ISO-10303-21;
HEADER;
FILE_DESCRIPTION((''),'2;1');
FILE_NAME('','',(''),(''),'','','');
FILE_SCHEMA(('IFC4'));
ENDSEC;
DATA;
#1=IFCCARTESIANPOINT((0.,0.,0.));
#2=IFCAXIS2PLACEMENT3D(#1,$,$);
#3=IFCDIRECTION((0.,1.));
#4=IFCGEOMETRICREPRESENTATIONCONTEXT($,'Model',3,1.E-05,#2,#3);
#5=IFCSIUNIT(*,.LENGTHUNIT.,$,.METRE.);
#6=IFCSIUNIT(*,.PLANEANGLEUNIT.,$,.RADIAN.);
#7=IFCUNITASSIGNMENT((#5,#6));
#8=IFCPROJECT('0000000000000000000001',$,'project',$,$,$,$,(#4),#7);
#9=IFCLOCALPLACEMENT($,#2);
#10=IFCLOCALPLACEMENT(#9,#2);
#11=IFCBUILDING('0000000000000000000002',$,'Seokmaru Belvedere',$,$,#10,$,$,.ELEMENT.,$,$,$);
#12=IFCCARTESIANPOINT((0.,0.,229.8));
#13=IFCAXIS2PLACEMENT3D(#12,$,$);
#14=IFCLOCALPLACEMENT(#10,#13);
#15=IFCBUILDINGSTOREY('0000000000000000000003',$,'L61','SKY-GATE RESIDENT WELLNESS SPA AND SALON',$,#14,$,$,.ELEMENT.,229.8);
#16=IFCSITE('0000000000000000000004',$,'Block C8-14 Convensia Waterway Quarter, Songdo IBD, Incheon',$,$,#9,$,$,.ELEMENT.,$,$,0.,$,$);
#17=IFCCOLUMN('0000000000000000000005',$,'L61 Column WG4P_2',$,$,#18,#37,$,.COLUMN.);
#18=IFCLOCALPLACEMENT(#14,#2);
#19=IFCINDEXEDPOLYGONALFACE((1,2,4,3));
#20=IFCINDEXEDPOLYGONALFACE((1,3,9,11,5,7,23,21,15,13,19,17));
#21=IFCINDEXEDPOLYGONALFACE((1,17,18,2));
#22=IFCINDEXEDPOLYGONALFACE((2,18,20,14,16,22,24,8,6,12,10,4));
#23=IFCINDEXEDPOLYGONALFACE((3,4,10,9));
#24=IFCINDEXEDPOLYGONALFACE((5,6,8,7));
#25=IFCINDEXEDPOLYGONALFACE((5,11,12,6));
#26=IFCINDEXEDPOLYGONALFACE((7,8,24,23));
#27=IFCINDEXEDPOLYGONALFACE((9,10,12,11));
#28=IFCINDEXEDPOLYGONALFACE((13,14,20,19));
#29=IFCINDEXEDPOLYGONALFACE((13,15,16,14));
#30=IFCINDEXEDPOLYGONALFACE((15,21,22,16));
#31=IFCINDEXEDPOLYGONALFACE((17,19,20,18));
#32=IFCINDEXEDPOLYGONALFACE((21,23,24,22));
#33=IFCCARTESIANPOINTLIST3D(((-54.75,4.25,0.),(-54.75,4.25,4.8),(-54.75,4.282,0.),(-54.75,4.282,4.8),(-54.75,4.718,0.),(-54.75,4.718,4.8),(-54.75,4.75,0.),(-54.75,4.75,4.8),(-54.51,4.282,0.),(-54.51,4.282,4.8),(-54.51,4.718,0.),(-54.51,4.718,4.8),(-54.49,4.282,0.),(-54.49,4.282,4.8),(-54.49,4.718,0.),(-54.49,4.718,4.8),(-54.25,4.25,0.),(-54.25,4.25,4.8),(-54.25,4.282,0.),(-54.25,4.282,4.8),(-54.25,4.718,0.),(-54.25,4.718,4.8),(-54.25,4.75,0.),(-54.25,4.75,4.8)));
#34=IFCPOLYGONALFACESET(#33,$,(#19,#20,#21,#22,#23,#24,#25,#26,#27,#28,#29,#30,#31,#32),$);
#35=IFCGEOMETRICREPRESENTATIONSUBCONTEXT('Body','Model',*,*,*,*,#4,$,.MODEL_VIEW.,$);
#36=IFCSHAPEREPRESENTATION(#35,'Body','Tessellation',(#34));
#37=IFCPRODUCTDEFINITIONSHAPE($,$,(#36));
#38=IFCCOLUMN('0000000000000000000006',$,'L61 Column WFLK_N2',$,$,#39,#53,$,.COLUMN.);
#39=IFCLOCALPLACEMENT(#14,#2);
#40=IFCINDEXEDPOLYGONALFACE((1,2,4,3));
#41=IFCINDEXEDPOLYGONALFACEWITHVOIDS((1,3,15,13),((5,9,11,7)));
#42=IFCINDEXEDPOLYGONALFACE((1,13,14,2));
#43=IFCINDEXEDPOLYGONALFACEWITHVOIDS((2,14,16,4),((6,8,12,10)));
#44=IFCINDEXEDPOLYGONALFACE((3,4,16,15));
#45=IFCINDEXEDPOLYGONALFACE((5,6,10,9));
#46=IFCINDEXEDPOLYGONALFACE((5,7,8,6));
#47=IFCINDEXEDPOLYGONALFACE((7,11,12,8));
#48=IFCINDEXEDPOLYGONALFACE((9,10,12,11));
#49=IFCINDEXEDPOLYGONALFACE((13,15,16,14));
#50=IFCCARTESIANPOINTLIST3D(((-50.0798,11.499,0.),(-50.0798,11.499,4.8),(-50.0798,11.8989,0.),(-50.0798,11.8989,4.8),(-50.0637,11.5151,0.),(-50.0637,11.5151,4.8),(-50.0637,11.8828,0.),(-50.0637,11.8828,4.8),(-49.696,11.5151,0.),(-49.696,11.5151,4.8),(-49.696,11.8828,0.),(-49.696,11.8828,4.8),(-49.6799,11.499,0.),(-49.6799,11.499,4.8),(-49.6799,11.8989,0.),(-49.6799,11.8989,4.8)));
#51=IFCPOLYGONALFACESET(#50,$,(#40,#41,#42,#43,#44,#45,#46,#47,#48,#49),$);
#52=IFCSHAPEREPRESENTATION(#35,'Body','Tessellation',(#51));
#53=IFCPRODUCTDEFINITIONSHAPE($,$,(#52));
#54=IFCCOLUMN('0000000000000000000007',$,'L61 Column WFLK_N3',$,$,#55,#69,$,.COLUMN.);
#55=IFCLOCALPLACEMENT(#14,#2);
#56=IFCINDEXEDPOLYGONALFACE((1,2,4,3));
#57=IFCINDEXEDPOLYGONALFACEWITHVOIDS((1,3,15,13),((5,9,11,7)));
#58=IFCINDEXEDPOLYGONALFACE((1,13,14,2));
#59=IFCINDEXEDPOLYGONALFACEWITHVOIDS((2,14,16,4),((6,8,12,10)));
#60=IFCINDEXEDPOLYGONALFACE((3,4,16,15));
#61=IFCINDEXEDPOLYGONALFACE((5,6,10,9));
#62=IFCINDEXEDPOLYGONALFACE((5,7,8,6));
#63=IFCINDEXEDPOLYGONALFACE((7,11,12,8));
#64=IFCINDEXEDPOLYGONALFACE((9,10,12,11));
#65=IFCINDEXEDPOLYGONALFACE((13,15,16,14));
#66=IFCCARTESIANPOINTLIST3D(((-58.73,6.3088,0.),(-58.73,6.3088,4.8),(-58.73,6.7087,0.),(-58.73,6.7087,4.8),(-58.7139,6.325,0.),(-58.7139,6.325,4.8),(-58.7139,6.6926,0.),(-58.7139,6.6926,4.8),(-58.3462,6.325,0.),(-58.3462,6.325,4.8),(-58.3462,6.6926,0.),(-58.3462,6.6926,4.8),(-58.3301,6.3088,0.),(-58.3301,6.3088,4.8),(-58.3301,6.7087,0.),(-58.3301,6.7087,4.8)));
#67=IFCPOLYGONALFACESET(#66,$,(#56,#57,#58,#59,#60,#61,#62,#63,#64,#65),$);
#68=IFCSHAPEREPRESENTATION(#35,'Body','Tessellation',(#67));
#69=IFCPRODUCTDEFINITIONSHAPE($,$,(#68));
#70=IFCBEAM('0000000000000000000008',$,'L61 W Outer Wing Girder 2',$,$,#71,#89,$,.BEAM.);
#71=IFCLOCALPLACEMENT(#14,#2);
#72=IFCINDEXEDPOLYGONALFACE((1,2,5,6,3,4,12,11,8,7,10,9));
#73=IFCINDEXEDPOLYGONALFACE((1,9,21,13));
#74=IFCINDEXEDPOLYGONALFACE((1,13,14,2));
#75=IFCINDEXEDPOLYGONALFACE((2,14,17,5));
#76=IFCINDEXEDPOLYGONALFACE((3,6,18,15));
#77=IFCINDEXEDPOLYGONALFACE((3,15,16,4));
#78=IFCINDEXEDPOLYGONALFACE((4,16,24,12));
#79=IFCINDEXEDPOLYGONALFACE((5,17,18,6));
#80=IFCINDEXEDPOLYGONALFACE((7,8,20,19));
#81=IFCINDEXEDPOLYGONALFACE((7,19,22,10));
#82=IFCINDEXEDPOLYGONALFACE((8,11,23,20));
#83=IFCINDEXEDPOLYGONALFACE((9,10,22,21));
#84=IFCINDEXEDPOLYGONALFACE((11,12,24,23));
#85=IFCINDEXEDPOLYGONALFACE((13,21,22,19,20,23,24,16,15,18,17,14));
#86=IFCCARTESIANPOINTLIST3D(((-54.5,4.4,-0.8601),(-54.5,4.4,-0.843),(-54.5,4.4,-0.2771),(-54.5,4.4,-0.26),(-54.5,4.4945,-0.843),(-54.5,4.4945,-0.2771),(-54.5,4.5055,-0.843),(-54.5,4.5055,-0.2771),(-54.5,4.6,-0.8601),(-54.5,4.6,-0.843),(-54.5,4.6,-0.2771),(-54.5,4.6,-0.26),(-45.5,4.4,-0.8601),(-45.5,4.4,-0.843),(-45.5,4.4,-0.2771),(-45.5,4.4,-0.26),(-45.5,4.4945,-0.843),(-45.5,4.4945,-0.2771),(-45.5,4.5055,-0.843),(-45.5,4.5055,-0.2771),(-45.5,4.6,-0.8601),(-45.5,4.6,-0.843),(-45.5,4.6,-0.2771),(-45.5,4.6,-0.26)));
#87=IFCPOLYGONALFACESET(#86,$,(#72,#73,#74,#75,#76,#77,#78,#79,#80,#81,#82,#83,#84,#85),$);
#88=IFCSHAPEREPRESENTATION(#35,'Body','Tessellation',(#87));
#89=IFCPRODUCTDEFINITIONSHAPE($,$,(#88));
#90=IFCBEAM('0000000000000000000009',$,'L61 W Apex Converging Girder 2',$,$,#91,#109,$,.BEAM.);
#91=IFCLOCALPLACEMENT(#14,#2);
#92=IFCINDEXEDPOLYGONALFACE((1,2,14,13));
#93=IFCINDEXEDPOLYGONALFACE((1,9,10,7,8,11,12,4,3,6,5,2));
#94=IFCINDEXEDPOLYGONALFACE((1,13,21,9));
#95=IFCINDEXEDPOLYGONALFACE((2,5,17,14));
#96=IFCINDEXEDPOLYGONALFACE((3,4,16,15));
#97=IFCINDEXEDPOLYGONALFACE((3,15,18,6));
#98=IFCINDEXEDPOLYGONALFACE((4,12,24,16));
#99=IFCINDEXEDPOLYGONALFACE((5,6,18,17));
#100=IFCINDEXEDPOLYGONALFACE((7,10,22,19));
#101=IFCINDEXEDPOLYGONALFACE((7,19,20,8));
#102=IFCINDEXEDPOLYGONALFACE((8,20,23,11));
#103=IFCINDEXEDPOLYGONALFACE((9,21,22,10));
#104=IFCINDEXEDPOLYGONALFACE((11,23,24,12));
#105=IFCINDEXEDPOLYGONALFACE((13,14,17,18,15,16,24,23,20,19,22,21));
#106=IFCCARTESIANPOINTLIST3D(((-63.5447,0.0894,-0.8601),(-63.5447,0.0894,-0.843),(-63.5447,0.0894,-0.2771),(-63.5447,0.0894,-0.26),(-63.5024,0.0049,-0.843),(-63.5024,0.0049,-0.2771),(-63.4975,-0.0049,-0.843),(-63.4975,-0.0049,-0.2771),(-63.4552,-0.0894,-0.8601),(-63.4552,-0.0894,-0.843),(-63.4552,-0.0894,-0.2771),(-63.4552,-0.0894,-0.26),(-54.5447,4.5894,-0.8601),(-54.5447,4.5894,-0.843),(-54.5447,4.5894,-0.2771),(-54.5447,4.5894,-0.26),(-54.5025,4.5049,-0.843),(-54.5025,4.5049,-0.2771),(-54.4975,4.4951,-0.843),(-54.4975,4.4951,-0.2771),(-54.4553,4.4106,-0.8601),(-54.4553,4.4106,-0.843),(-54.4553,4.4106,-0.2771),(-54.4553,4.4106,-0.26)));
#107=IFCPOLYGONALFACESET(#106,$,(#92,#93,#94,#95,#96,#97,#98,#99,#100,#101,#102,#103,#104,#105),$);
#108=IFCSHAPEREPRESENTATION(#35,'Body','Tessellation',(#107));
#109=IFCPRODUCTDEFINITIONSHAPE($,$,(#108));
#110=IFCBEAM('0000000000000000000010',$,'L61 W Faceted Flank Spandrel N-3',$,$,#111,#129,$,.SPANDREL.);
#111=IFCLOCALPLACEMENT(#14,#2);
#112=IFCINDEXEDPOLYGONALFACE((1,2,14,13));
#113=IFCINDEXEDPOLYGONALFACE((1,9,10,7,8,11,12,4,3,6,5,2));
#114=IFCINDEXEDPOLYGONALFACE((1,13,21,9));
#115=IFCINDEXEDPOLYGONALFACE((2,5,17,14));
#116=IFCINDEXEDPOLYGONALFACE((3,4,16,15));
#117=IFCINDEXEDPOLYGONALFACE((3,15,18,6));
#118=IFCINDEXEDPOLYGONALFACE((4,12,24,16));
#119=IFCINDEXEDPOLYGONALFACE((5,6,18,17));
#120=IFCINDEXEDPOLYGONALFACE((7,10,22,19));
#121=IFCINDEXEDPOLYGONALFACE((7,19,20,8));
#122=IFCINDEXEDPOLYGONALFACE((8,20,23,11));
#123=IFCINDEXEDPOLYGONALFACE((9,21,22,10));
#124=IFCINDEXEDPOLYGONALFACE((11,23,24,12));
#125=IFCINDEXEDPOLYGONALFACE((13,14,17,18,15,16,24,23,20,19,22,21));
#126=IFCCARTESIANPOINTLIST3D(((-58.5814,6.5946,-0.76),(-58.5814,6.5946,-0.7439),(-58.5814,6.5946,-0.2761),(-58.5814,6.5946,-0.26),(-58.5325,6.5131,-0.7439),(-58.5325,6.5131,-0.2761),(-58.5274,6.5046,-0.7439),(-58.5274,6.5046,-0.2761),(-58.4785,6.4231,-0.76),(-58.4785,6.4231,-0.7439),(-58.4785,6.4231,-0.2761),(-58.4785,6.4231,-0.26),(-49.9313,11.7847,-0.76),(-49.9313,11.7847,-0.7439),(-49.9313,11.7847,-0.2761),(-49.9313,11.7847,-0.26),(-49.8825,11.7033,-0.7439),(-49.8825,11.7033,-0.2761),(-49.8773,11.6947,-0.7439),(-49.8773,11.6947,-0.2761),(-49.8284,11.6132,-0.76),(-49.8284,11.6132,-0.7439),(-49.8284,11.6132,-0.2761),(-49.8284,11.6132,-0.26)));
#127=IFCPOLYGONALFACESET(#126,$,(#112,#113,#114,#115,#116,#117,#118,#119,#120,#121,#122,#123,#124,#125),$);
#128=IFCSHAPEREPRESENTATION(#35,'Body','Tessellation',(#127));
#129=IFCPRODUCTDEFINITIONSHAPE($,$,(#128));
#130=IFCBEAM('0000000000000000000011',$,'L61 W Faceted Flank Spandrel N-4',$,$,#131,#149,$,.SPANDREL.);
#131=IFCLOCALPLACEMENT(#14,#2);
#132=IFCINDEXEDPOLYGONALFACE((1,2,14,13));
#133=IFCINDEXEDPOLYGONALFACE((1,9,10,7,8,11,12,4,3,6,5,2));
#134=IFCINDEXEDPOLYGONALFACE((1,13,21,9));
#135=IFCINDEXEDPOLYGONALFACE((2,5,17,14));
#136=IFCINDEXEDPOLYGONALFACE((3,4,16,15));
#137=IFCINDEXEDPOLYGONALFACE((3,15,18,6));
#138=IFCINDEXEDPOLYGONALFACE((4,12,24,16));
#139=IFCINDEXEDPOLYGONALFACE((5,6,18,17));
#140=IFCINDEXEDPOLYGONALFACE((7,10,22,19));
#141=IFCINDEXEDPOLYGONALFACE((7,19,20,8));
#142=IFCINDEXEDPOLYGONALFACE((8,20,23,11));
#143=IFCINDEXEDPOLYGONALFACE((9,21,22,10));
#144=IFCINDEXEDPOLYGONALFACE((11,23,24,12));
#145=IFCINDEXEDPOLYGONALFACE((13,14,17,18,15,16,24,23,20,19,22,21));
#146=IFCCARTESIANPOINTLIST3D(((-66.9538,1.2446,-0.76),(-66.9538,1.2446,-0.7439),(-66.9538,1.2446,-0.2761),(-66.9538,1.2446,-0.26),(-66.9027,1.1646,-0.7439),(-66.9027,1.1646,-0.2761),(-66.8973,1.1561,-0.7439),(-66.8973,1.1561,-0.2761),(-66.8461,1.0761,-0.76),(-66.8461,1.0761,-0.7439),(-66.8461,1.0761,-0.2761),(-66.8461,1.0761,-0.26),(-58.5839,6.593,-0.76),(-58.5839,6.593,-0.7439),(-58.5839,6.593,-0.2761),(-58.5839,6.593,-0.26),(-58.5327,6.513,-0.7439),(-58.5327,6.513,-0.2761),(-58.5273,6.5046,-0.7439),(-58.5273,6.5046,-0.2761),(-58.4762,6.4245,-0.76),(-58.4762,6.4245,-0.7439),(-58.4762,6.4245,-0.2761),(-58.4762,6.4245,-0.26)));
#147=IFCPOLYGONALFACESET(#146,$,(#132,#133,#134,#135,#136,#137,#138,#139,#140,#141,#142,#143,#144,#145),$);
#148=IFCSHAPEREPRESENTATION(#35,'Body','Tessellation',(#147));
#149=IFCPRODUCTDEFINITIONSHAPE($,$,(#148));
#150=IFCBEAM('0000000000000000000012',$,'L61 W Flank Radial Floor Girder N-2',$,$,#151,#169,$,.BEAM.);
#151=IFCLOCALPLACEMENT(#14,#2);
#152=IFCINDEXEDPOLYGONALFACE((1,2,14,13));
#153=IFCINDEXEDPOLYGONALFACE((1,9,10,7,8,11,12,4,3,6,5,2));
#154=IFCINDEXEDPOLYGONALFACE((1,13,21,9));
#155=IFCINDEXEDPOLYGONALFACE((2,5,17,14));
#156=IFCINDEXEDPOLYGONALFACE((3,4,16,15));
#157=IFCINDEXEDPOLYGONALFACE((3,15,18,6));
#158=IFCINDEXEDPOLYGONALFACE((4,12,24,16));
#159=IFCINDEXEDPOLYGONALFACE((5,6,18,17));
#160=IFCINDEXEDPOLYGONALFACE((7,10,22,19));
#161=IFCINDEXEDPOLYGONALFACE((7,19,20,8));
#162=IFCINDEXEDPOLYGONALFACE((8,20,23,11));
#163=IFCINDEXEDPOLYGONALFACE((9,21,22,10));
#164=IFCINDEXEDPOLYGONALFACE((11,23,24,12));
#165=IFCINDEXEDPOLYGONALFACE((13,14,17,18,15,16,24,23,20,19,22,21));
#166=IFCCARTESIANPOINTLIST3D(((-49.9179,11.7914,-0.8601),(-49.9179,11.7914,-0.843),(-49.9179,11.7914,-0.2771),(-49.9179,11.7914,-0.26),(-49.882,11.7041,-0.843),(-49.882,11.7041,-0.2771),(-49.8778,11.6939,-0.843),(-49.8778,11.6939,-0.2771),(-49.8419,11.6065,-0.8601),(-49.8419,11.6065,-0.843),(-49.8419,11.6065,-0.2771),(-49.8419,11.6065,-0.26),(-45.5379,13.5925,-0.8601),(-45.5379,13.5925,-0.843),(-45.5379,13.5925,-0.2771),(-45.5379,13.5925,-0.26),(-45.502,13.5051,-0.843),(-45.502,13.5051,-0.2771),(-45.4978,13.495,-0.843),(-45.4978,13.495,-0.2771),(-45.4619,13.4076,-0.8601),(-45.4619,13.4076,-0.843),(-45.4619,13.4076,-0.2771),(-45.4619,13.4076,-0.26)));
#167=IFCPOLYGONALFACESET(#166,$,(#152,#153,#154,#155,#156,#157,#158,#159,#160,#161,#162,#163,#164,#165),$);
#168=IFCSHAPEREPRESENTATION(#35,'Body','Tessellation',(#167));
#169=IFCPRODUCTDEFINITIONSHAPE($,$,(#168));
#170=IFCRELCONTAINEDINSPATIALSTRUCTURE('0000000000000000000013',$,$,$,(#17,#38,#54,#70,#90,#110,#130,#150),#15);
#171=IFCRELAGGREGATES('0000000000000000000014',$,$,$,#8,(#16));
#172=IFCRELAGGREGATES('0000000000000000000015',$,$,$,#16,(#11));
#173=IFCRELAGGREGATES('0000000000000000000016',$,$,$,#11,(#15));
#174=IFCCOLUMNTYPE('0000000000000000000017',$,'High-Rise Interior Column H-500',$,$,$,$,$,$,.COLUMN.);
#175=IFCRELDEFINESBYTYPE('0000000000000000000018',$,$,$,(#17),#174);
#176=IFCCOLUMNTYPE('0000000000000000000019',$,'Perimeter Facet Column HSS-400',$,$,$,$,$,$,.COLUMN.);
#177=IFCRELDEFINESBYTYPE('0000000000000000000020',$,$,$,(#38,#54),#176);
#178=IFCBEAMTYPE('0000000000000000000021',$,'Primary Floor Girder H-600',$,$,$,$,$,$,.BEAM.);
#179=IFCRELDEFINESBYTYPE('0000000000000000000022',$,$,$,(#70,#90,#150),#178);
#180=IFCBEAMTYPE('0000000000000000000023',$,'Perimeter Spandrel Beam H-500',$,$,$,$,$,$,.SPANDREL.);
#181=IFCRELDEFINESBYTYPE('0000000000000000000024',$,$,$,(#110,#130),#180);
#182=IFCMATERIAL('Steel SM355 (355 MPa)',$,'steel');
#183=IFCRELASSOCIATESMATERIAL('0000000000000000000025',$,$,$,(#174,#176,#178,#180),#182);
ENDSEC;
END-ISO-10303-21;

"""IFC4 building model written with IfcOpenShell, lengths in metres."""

from ifc_helpers import new_model, si_unit, direction, frame, origin, origin_2d, place, context, subcontext, project, spatial, hollow_rectangle, i_section, extrude, source, transform, mapped, material, material_profile, profile_set, type_object, type_shapes, element, save


model = new_model("IFC4")

# Units and contexts
model_context = context("Model", 3, precision=1e-05, world=origin(), true_north=direction((0.0, 1.0)))
body_context = subcontext(model_context, "Body", "Model", "MODEL_VIEW")
ifc_project = project(units=[si_unit("LENGTHUNIT", "METRE"), si_unit("PLANEANGLEUNIT", "RADIAN")], contexts=[model_context])

# Site, building, storey
site_placement = place(None, origin())
site = spatial("IfcSite", under=ifc_project, at=site_placement, Name="Block C8-14 Convensia Waterway Quarter, Songdo IBD, Incheon", CompositionType="ELEMENT", RefElevation=0.0)
building_placement = place(site_placement, origin())
building = spatial("IfcBuilding", under=site, at=building_placement, Name="Seokmaru Belvedere", CompositionType="ELEMENT")
storey_placement = place(building_placement, frame((0.0, 0.0, 229.8)))
storey = spatial("IfcBuildingStorey", under=building, at=storey_placement, Name="L61", Description="SKY-GATE RESIDENT WELLNESS SPA AND SALON", CompositionType="ELEMENT", Elevation=229.8)

# Columns
ifc_material_1 = material(Name="Steel SM355 (355 MPa)", Category="steel")
ifc_material_profile_1 = material_profile(ifc_material_1, i_section(OverallWidth=0.5, OverallDepth=0.5, WebThickness=0.02, FlangeThickness=0.032, at=origin_2d()), Name="H-500x500x20x32")
ifc_profile_set_1 = profile_set([ifc_material_profile_1], Name="Steel SM355 (355 MPa)")
column_type_1 = type_object("IfcColumnType", Name="High-Rise Interior Column H-500", PredefinedType="COLUMN", material=ifc_profile_set_1)
shared_shape_1 = source(origin(), body_context, "Body", "SweptSolid", [
    extrude(i_section(OverallWidth=0.5, OverallDepth=0.5, WebThickness=0.02, FlangeThickness=0.032, at=origin_2d()), origin(), (0.0, 0.0, 1.0), 4.8),
])
type_shapes(column_type_1, [shared_shape_1])
column_placement = place(storey_placement, frame((-54.5, 4.5, 0.0), z_axis=(0.0, 0.0, 1.0), x_axis=(1.0, 0.0, 0.0)))
element("IfcColumn", 1, at=column_placement, inside=storey, type_object=column_type_1, Name="L61 Column WG4P_2", PredefinedType="COLUMN", context=body_context, shape_type="MappedRepresentation", body=[
    mapped(shared_shape_1, transform((0.0, 0.0, 0.0), scale=1.0)),
])
ifc_material_profile_2 = material_profile(ifc_material_1, hollow_rectangle(XDim=0.3999, YDim=0.3999, WallThickness=0.0161, at=origin_2d()), Name="HSS-400x400x16")
ifc_profile_set_2 = profile_set([ifc_material_profile_2], Name="Steel SM355 (355 MPa)")
column_type_2 = type_object("IfcColumnType", Name="Perimeter Facet Column HSS-400", PredefinedType="COLUMN", material=ifc_profile_set_2)
shared_shape_2 = source(origin(), body_context, "Body", "SweptSolid", [
    extrude(hollow_rectangle(XDim=0.3999, YDim=0.3999, WallThickness=0.0161, at=origin_2d()), origin(), (0.0, 0.0, 1.0), 4.8),
])
type_shapes(column_type_2, [shared_shape_2])
for number, where, z_axis, x_axis, name in (
    (2, (-49.8799, 11.699, 0.0), (0.0, 0.0, 1.0), (1.0, 0.0, 0.0), "L61 Column WFLK_N2"),
    (3, (-58.53, 6.5088, 0.0), (0.0, 0.0, 1.0), (1.0, 0.0, 0.0), "L61 Column WFLK_N3"),
):
    element("IfcColumn", number, at=place(storey_placement, frame(where, z_axis=z_axis, x_axis=x_axis)), inside=storey, type_object=column_type_2, Name=name, PredefinedType="COLUMN", context=body_context, shape_type="MappedRepresentation", body=[
        mapped(shared_shape_2, transform((0.0, 0.0, 0.0), scale=1.0)),
    ])

# Beams
ifc_material_profile_3 = material_profile(ifc_material_1, i_section(OverallWidth=0.2, OverallDepth=0.6001, WebThickness=0.011, FlangeThickness=0.0171, at=origin_2d()), Name="H-600x200x11x17")
ifc_profile_set_3 = profile_set([ifc_material_profile_3], Name="Steel SM355 (355 MPa)")
beam_type_1 = type_object("IfcBeamType", Name="Primary Floor Girder H-600", PredefinedType="BEAM", material=ifc_profile_set_3)
shared_shape_3 = source(origin(), body_context, "Body", "SweptSolid", [
    extrude(i_section(OverallWidth=0.2, OverallDepth=0.6001, WebThickness=0.011, FlangeThickness=0.0171, at=origin_2d()), origin(), (0.0, 0.0, 1.0), 9.0),
])
beam_1_placement = place(storey_placement, frame((-54.5, 4.5, -0.5601), z_axis=(1.0, 0.0, 0.0), x_axis=(0.0, 1.0, 0.0)))
element("IfcBeam", 4, at=beam_1_placement, inside=storey, type_object=beam_type_1, Name="L61 W Outer Wing Girder 2", PredefinedType="BEAM", context=body_context, shape_type="MappedRepresentation", body=[
    mapped(shared_shape_3, transform((0.0, 0.0, 0.0), scale=1.0)),
])
shared_shape_4 = source(origin(), body_context, "Body", "SweptSolid", [
    extrude(i_section(OverallWidth=0.2, OverallDepth=0.6001, WebThickness=0.011, FlangeThickness=0.0171, at=origin_2d()), origin(), (0.0, 0.0, 1.0), 10.0623),
])
beam_2_placement = place(storey_placement, frame((-54.5, 4.5, -0.5601), z_axis=(-0.894427, -0.447214, 0.0), x_axis=(0.447214, -0.894427, 0.0)))
element("IfcBeam", 5, at=beam_2_placement, inside=storey, type_object=beam_type_1, Name="L61 W Apex Converging Girder 2", PredefinedType="BEAM", context=body_context, shape_type="MappedRepresentation", body=[
    mapped(shared_shape_4, transform((0.0, 0.0, 0.0), scale=1.0)),
])
ifc_material_profile_4 = material_profile(ifc_material_1, i_section(OverallWidth=0.2, OverallDepth=0.5, WebThickness=0.01, FlangeThickness=0.0161, at=origin_2d()), Name="H-500x200x10x16")
ifc_profile_set_4 = profile_set([ifc_material_profile_4], Name="Steel SM355 (355 MPa)")
beam_type_2 = type_object("IfcBeamType", Name="Perimeter Spandrel Beam H-500", PredefinedType="SPANDREL", material=ifc_profile_set_4)
shared_shape_5 = source(origin(), body_context, "Body", "SweptSolid", [
    extrude(i_section(OverallWidth=0.2, OverallDepth=0.5, WebThickness=0.01, FlangeThickness=0.0161, at=origin_2d()), origin(), (0.0, 0.0, 1.0), 10.0876),
])
beam_3_placement = place(storey_placement, frame((-49.8799, 11.699, -0.51), z_axis=(-0.857489, -0.514503, 0.0), x_axis=(0.514503, -0.857489, 0.0)))
element("IfcBeam", 6, at=beam_3_placement, inside=storey, type_object=beam_type_2, Name="L61 W Faceted Flank Spandrel N-3", PredefinedType="SPANDREL", context=body_context, shape_type="MappedRepresentation", body=[
    mapped(shared_shape_5, transform((0.0, 0.0, 0.0), scale=1.0)),
])
shared_shape_6 = source(origin(), body_context, "Body", "SweptSolid", [
    extrude(i_section(OverallWidth=0.2, OverallDepth=0.5, WebThickness=0.01, FlangeThickness=0.0161, at=origin_2d()), origin(), (0.0, 0.0, 1.0), 9.9329),
])
type_shapes(beam_type_2, [shared_shape_5, shared_shape_6])
beam_4_placement = place(storey_placement, frame((-58.53, 6.5088, -0.51), z_axis=(-0.842652, -0.538459, 0.0), x_axis=(0.538459, -0.842652, 0.0)))
element("IfcBeam", 7, at=beam_4_placement, inside=storey, type_object=beam_type_2, Name="L61 W Faceted Flank Spandrel N-4", PredefinedType="SPANDREL", context=body_context, shape_type="MappedRepresentation", body=[
    mapped(shared_shape_6, transform((0.0, 0.0, 0.0), scale=1.0)),
])
shared_shape_7 = source(origin(), body_context, "Body", "SweptSolid", [
    extrude(i_section(OverallWidth=0.2, OverallDepth=0.6001, WebThickness=0.011, FlangeThickness=0.0171, at=origin_2d()), origin(), (0.0, 0.0, 1.0), 4.7358),
])
beam_5_placement = place(storey_placement, frame((-49.8799, 11.699, -0.5601), z_axis=(0.924861, 0.380306, 0.0), x_axis=(-0.380306, 0.924861, 0.0)))
element("IfcBeam", 8, at=beam_5_placement, inside=storey, type_object=beam_type_1, Name="L61 W Flank Radial Floor Girder N-2", PredefinedType="BEAM", context=body_context, shape_type="MappedRepresentation", body=[
    mapped(shared_shape_7, transform((0.0, 0.0, 0.0), scale=1.0)),
])

save(model, "model.ifc")
